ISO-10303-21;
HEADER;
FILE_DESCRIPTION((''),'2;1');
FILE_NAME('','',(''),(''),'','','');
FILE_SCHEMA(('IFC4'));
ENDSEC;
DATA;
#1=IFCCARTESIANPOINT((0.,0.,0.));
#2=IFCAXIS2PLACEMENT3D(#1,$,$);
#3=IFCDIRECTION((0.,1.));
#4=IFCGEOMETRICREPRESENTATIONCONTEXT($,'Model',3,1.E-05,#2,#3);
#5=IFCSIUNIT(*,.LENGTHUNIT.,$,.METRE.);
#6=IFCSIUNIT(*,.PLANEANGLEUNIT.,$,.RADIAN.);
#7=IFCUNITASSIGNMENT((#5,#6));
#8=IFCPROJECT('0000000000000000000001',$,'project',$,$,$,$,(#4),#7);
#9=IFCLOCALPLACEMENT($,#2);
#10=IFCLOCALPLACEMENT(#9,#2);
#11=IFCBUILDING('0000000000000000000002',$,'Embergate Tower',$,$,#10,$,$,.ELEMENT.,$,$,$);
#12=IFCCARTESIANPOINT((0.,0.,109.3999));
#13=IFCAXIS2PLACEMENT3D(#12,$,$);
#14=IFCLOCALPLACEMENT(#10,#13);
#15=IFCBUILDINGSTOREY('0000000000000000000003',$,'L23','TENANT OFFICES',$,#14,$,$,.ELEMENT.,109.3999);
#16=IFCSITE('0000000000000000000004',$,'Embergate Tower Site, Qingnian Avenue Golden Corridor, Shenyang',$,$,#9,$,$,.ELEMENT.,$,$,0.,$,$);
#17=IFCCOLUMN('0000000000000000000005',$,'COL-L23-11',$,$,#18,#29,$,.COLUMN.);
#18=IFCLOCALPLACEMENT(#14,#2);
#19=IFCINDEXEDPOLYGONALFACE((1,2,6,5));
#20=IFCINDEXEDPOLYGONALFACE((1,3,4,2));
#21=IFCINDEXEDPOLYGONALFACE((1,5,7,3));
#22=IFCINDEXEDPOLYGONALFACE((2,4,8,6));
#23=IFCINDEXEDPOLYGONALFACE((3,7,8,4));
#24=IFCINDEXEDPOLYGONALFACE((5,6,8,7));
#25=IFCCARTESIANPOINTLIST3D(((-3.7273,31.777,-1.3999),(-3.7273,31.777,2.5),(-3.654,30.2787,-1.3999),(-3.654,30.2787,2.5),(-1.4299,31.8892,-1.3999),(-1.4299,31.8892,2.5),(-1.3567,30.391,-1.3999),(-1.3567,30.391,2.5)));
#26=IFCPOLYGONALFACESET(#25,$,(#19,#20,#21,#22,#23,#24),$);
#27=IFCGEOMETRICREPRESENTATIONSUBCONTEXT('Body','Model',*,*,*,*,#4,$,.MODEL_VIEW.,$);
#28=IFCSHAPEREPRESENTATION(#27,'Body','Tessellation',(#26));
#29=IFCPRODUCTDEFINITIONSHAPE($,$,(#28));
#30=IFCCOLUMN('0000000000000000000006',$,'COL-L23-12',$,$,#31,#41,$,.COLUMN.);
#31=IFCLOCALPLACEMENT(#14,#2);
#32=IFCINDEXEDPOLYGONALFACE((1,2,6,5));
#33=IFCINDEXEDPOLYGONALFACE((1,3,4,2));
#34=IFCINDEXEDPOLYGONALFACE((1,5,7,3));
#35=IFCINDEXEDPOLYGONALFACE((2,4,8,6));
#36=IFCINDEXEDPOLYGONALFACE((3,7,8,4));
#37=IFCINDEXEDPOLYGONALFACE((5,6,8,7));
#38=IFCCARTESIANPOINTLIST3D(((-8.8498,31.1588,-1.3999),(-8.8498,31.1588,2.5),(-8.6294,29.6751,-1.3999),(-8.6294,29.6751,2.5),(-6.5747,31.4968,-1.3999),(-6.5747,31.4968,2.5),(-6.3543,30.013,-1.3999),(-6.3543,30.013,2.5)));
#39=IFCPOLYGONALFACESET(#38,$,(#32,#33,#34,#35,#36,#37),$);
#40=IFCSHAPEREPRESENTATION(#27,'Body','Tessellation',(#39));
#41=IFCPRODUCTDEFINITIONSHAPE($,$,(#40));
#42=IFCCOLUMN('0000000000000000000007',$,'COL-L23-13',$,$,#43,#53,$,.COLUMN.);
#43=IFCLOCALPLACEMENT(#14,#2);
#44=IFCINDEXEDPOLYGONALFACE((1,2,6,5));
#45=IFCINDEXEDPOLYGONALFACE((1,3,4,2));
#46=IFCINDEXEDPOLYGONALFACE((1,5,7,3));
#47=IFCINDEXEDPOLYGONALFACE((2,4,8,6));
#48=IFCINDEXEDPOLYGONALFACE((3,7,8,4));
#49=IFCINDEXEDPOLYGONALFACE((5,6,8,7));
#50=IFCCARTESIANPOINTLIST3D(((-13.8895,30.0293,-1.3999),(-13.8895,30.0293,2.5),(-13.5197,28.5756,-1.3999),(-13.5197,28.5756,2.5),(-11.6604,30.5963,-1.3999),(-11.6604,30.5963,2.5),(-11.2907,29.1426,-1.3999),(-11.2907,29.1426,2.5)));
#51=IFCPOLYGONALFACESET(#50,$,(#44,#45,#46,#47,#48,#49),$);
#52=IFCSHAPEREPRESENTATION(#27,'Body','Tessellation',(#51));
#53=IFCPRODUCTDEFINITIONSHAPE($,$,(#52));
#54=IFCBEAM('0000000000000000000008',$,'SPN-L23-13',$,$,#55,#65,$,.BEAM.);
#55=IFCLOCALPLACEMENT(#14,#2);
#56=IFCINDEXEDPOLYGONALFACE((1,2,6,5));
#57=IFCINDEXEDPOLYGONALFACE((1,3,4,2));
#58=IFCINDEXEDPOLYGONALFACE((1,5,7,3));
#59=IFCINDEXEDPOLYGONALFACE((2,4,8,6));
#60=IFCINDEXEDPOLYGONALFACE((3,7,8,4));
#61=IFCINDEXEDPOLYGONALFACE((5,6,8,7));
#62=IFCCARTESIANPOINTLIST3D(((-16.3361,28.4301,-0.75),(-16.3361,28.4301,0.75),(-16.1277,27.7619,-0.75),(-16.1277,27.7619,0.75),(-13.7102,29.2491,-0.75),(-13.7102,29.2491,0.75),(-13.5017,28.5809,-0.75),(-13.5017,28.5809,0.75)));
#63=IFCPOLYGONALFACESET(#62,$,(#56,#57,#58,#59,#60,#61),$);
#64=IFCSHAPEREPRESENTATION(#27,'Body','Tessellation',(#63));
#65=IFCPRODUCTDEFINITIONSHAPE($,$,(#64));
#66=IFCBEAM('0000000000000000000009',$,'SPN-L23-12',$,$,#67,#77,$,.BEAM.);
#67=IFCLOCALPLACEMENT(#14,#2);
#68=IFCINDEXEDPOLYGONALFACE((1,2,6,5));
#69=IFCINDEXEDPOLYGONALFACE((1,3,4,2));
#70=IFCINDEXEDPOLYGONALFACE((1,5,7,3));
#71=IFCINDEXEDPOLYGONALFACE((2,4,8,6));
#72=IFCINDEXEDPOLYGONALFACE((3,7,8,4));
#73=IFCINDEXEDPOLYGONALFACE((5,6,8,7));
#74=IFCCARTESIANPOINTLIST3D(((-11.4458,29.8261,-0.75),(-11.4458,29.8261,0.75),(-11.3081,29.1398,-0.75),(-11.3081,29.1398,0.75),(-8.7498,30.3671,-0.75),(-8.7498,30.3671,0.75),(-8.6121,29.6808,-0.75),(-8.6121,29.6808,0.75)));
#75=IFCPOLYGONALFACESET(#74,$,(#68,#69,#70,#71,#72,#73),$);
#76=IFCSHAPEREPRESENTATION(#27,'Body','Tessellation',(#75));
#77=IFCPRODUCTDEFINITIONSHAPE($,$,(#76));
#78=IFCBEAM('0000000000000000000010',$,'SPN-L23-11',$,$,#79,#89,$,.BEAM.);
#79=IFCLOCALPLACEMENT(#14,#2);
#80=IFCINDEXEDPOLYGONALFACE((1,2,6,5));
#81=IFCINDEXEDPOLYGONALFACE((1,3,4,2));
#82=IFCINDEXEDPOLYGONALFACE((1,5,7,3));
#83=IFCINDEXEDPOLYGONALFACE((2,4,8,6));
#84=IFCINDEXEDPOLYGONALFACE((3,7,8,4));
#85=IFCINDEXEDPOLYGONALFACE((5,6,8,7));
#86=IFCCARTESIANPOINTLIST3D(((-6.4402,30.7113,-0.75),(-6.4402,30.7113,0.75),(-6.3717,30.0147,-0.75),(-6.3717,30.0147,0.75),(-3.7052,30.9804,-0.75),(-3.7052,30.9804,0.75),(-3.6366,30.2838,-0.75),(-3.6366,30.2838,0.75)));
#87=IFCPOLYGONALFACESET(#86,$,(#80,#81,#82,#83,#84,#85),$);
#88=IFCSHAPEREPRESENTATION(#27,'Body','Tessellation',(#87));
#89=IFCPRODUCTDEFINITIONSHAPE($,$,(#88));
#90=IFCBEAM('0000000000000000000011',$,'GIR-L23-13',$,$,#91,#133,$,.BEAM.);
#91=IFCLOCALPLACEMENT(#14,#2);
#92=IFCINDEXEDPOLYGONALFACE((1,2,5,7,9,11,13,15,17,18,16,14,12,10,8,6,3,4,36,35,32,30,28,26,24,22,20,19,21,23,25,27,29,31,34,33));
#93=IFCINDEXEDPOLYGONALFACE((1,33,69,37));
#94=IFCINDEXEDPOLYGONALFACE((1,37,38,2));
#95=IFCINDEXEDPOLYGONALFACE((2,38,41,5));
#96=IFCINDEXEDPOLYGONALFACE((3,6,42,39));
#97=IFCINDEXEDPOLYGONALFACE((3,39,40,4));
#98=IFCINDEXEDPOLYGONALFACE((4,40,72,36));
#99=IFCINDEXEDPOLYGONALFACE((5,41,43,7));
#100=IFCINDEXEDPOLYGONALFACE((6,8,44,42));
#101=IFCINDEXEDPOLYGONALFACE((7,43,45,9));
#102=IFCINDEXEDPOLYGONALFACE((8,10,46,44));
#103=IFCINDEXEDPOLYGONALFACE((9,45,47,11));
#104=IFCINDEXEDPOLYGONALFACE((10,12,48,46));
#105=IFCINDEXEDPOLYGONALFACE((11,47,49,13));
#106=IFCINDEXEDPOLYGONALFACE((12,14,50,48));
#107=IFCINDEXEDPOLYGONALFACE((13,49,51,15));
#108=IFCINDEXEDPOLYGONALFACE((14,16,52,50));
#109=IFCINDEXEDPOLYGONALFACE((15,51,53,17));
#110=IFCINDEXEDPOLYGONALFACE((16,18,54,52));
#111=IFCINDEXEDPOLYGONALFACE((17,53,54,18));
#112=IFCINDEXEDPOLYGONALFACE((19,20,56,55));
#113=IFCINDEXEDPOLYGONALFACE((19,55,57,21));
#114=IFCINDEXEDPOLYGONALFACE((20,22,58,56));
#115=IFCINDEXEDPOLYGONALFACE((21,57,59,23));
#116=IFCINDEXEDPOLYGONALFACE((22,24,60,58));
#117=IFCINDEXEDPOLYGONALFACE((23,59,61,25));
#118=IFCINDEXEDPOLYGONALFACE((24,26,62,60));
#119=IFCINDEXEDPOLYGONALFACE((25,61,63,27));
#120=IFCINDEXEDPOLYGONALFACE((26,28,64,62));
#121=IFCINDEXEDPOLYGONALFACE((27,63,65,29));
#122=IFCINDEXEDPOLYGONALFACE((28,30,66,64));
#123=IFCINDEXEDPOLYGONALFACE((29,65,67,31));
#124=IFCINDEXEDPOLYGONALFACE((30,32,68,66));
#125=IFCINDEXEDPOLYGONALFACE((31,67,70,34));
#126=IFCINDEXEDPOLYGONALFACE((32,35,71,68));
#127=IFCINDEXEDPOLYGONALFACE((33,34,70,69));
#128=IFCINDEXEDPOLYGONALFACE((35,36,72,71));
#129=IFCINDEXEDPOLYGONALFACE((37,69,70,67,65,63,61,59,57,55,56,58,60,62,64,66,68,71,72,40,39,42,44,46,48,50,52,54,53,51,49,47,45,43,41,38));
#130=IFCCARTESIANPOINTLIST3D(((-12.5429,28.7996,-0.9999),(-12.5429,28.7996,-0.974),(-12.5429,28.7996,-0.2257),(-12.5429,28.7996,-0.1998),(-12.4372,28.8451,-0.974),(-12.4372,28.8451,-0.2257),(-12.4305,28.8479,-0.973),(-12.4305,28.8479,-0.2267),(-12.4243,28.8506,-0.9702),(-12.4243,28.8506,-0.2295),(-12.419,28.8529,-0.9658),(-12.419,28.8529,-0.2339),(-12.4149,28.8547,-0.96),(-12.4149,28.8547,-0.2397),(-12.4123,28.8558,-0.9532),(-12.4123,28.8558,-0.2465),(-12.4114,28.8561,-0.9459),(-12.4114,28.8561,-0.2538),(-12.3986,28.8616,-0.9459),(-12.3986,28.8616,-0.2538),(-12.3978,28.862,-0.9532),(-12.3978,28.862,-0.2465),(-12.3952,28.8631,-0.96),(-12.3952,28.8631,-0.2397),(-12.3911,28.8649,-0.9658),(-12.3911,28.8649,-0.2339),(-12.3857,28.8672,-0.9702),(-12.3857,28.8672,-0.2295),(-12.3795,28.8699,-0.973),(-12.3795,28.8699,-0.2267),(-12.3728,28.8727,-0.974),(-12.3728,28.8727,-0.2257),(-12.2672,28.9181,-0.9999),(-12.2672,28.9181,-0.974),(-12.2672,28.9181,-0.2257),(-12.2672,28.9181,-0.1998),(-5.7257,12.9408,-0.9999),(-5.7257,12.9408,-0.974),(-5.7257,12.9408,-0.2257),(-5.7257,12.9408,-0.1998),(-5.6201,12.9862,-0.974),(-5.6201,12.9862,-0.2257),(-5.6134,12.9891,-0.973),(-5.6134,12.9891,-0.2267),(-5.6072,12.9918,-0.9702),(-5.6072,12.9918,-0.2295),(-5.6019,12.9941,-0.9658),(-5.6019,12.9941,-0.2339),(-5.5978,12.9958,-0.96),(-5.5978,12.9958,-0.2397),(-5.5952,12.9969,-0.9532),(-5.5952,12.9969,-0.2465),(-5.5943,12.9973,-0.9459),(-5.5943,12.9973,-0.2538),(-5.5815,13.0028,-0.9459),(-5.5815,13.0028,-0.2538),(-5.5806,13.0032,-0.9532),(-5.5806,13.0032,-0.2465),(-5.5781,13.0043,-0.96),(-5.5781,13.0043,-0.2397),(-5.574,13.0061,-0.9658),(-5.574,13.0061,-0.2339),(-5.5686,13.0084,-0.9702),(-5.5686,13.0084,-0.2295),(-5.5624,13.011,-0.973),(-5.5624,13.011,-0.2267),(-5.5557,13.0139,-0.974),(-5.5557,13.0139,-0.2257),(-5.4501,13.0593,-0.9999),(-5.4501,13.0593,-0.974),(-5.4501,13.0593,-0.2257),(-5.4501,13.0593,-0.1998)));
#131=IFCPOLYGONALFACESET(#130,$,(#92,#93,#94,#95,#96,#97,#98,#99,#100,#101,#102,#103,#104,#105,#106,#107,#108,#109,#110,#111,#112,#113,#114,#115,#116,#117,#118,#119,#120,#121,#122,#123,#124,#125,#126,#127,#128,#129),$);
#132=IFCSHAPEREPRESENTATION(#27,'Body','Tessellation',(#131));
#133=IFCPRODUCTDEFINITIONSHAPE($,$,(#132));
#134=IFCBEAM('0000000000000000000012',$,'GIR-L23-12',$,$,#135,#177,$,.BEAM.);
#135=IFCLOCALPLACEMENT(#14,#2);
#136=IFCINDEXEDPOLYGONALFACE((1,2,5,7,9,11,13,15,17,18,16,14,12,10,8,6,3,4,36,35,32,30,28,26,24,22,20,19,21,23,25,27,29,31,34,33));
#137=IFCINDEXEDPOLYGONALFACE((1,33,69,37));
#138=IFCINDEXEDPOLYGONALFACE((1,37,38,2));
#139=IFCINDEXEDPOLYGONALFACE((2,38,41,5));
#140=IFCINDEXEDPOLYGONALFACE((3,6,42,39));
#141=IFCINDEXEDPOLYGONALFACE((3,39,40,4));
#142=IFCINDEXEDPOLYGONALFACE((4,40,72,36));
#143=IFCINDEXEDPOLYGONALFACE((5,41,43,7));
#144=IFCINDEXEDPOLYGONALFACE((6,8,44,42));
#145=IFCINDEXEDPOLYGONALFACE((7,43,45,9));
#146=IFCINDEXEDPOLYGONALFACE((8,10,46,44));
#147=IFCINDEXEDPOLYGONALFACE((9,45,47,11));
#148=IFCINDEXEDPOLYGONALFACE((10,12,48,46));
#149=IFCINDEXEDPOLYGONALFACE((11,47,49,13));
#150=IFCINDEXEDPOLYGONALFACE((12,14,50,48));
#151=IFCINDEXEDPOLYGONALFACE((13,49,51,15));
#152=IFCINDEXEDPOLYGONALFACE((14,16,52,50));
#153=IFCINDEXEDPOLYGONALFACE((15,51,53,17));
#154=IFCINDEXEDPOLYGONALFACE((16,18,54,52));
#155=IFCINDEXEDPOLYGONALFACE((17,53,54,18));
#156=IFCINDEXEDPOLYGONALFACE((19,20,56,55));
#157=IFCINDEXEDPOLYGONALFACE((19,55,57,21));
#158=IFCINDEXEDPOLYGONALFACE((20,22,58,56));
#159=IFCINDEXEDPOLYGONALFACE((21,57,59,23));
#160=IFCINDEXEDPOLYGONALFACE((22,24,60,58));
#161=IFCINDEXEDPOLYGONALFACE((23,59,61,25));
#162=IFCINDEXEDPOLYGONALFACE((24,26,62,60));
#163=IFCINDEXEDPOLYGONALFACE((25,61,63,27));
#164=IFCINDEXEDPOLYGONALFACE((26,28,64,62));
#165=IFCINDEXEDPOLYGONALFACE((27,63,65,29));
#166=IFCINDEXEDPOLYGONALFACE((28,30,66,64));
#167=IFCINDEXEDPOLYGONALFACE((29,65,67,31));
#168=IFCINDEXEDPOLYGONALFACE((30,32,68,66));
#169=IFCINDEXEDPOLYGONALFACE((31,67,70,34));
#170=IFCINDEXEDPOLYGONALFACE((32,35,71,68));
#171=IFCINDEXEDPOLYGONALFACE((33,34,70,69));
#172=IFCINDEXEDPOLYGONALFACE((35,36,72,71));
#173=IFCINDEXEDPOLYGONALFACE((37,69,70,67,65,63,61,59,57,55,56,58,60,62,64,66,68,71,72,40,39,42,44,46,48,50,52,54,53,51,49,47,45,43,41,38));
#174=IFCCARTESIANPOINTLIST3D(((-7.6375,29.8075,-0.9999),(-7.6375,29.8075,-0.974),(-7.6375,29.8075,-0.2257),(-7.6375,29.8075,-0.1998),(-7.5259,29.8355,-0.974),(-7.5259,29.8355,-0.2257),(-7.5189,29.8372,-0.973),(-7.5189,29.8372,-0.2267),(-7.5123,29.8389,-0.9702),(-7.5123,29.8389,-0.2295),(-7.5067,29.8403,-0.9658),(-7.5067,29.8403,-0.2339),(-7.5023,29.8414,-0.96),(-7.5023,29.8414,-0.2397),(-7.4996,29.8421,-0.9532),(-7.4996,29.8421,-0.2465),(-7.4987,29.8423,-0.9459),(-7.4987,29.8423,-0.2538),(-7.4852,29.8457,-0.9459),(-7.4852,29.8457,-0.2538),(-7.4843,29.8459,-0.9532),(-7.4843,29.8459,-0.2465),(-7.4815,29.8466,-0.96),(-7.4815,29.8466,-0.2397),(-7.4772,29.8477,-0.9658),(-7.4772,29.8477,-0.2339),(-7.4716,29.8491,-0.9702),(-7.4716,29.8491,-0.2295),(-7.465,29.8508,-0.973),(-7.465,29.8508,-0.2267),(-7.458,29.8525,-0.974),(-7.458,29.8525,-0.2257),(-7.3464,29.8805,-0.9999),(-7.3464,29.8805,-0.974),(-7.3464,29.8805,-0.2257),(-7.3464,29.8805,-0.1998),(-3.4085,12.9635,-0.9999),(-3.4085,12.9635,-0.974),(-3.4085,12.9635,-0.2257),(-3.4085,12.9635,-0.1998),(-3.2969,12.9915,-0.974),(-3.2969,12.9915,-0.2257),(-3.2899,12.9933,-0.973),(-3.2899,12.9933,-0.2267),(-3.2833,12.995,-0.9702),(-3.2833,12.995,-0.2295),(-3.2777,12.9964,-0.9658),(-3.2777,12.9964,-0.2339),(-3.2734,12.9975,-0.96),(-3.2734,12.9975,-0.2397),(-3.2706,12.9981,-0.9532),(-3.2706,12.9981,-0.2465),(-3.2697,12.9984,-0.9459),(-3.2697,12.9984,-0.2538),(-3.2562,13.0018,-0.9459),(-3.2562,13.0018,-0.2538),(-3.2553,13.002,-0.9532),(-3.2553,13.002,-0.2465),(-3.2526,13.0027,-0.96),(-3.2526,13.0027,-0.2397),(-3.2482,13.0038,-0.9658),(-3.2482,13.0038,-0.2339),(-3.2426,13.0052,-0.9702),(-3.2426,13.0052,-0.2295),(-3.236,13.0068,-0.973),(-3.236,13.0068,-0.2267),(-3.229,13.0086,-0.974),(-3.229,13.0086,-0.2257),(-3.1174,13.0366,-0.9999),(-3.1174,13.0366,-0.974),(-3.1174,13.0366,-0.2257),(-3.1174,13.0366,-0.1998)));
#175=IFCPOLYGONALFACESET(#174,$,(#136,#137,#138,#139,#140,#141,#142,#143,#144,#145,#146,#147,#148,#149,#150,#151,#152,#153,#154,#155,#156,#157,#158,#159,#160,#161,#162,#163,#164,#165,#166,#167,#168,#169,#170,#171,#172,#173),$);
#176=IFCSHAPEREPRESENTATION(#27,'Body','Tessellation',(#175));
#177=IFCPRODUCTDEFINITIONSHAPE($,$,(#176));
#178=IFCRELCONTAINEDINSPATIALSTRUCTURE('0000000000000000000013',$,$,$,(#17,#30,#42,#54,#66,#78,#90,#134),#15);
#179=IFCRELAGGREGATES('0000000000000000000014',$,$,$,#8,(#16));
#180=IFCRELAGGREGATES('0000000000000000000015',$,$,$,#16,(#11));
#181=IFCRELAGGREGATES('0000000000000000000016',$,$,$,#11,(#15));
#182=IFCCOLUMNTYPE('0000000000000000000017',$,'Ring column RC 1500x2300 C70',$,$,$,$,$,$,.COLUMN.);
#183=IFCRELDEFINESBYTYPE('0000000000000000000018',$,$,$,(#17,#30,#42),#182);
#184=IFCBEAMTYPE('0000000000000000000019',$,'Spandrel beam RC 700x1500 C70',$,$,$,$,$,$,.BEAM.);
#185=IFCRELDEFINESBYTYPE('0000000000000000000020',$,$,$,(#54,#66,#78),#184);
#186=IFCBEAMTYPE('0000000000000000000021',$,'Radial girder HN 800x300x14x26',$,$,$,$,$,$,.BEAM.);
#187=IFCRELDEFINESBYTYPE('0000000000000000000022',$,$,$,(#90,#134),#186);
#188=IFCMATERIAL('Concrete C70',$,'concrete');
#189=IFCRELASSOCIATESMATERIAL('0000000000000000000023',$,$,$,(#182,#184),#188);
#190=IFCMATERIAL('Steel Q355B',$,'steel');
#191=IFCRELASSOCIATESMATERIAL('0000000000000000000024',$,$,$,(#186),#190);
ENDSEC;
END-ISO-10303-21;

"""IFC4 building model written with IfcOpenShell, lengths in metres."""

from ifc_helpers import new_model, si_unit, direction, frame, origin, origin_2d, place, context, subcontext, project, spatial, rectangle, i_section, extrude, source, transform, mapped, material, material_profile, profile_set, type_object, element, save


model = new_model("IFC4")

# Units and contexts
model_context = context("Model", 3, precision=1e-05, world=origin(), true_north=direction((0.0, 1.0)))
body_context = subcontext(model_context, "Body", "Model", "MODEL_VIEW")
ifc_project = project(units=[si_unit("LENGTHUNIT", "METRE"), si_unit("PLANEANGLEUNIT", "RADIAN")], contexts=[model_context])

# Site, building, storey
site_placement = place(None, origin())
site = spatial("IfcSite", under=ifc_project, at=site_placement, Name="Embergate Tower Site, Qingnian Avenue Golden Corridor, Shenyang", CompositionType="ELEMENT", RefElevation=0.0)
building_placement = place(site_placement, origin())
building = spatial("IfcBuilding", under=site, at=building_placement, Name="Embergate Tower", CompositionType="ELEMENT")
storey_placement = place(building_placement, frame((0.0, 0.0, 109.3999)))
storey = spatial("IfcBuildingStorey", under=building, at=storey_placement, Name="L23", Description="TENANT OFFICES", CompositionType="ELEMENT", Elevation=109.3999)

# Columns
ifc_material_1 = material(Name="Concrete C70", Category="concrete")
ifc_material_profile_1 = material_profile(ifc_material_1, rectangle(XDim=1.5, YDim=2.3, at=origin_2d()), Name="RC 1500x2300")
ifc_profile_set_1 = profile_set([ifc_material_profile_1], Name="Concrete C70")
column_type = type_object("IfcColumnType", Name="Ring column RC 1500x2300 C70", PredefinedType="COLUMN", material=ifc_profile_set_1)
shared_shape_1 = source(origin(), body_context, "Body", "SweptSolid", [
    extrude(rectangle(XDim=1.5, YDim=2.3, at=origin_2d()), origin(), (0.0, 0.0, 1.0), 3.8999),
])
for number, where, z_axis, x_axis, name in (
    (1, (-2.542, 31.084, -1.3999), (0.0, 0.0, 1.0), (-0.048815, 0.998808, 0.0), "COL-L23-11"),
    (2, (-7.6021, 30.5859, -1.3999), (0.0, 0.0, 1.0), (-0.146929, 0.989147, 0.0), "COL-L23-12"),
    (3, (-12.5901, 29.5859, -1.3999), (0.0, 0.0, 1.0), (-0.246509, 0.969141, 0.0), "COL-L23-13"),
):
    element("IfcColumn", number, at=place(storey_placement, frame(where, z_axis=z_axis, x_axis=x_axis)), inside=storey, type_object=column_type, Name=name, PredefinedType="COLUMN", context=body_context, shape_type="MappedRepresentation", body=[
        mapped(shared_shape_1, transform((0.0, 0.0, 0.0))),
    ])

# Beams
ifc_material_profile_2 = material_profile(ifc_material_1, rectangle(XDim=0.7, YDim=1.5, at=origin_2d()), Name="RC 700x1500")
ifc_profile_set_2 = profile_set([ifc_material_profile_2], Name="Concrete C70")
beam_type_1 = type_object("IfcBeamType", Name="Spandrel beam RC 700x1500 C70", PredefinedType="BEAM", material=ifc_profile_set_2)
shared_shape_2 = source(origin(), body_context, "Body", "SweptSolid", [
    extrude(rectangle(XDim=0.7, YDim=1.5, at=origin_2d()), origin(), (0.0, 0.0, 1.0), 2.7507),
])
beam_1_placement = place(storey_placement, frame((-13.606, 28.915, 0.0), z_axis=(-0.954638, -0.29777, 0.0), x_axis=(0.29777, -0.954638, 0.0)))
element("IfcBeam", 4, at=beam_1_placement, inside=storey, type_object=beam_type_1, Name="SPN-L23-13", PredefinedType="BEAM", context=body_context, shape_type="MappedRepresentation", body=[
    mapped(shared_shape_2, transform((0.0, 0.0, 0.0))),
])
shared_shape_3 = source(origin(), body_context, "Body", "SweptSolid", [
    extrude(rectangle(XDim=0.7, YDim=1.5, at=origin_2d()), origin(), (0.0, 0.0, 1.0), 2.7498),
])
beam_2_placement = place(storey_placement, frame((-8.6809, 30.0239, 0.0), z_axis=(-0.980454, -0.196748, 0.0), x_axis=(0.196748, -0.980454, 0.0)))
element("IfcBeam", 5, at=beam_2_placement, inside=storey, type_object=beam_type_1, Name="SPN-L23-12", PredefinedType="BEAM", context=body_context, shape_type="MappedRepresentation", body=[
    mapped(shared_shape_3, transform((0.0, 0.0, 0.0))),
])
shared_shape_4 = source(origin(), body_context, "Body", "SweptSolid", [
    extrude(rectangle(XDim=0.7, YDim=1.5, at=origin_2d()), origin(), (0.0, 0.0, 1.0), 2.7483),
])
beam_3_placement = place(storey_placement, frame((-3.6709, 30.6321, 0.0), z_axis=(-0.995197, -0.097894, 0.0), x_axis=(0.097894, -0.995197, 0.0)))
element("IfcBeam", 6, at=beam_3_placement, inside=storey, type_object=beam_type_1, Name="SPN-L23-11", PredefinedType="BEAM", context=body_context, shape_type="MappedRepresentation", body=[
    mapped(shared_shape_4, transform((0.0, 0.0, 0.0))),
])
ifc_material_2 = material(Name="Steel Q355B", Category="steel")
ifc_material_profile_3 = material_profile(ifc_material_2, i_section(OverallWidth=0.3, OverallDepth=0.8, WebThickness=0.0139, FlangeThickness=0.0259, FilletRadius=0.0281, at=origin_2d()), Name="HN 800x300x14x26")
ifc_profile_set_3 = profile_set([ifc_material_profile_3], Name="Steel Q355 grade B")
beam_type_2 = type_object("IfcBeamType", Name="Radial girder HN 800x300x14x26", PredefinedType="BEAM", material=ifc_profile_set_3)
shared_shape_5 = source(origin(), body_context, "Body", "SweptSolid", [
    extrude(i_section(OverallWidth=0.3, OverallDepth=0.8, WebThickness=0.0139, FlangeThickness=0.0259, FilletRadius=0.0281, at=origin_2d()), origin(), (0.0, 0.0, 1.0), 17.262),
])
beam_4_placement = place(storey_placement, frame((-12.405, 28.8589, -0.5999), z_axis=(0.394921, -0.918715, 0.0), x_axis=(0.918715, 0.394921, 0.0)))
element("IfcBeam", 7, at=beam_4_placement, inside=storey, type_object=beam_type_2, Name="GIR-L23-13", PredefinedType="BEAM", context=body_context, shape_type="MappedRepresentation", body=[
    mapped(shared_shape_5, transform((0.0, 0.0, 0.0))),
])
shared_shape_6 = source(origin(), body_context, "Body", "SweptSolid", [
    extrude(i_section(OverallWidth=0.3, OverallDepth=0.8, WebThickness=0.0139, FlangeThickness=0.0259, FilletRadius=0.0281, at=origin_2d()), origin(), (0.0, 0.0, 1.0), 17.3667),
])
beam_5_placement = place(storey_placement, frame((-7.4919, 29.844, -0.5999), z_axis=(0.243511, -0.969898, 0.0), x_axis=(0.969898, 0.243511, 0.0)))
element("IfcBeam", 8, at=beam_5_placement, inside=storey, type_object=beam_type_2, Name="GIR-L23-12", PredefinedType="BEAM", context=body_context, shape_type="MappedRepresentation", body=[
    mapped(shared_shape_6, transform((0.0, 0.0, 0.0))),
])

save(model, "model.ifc")
